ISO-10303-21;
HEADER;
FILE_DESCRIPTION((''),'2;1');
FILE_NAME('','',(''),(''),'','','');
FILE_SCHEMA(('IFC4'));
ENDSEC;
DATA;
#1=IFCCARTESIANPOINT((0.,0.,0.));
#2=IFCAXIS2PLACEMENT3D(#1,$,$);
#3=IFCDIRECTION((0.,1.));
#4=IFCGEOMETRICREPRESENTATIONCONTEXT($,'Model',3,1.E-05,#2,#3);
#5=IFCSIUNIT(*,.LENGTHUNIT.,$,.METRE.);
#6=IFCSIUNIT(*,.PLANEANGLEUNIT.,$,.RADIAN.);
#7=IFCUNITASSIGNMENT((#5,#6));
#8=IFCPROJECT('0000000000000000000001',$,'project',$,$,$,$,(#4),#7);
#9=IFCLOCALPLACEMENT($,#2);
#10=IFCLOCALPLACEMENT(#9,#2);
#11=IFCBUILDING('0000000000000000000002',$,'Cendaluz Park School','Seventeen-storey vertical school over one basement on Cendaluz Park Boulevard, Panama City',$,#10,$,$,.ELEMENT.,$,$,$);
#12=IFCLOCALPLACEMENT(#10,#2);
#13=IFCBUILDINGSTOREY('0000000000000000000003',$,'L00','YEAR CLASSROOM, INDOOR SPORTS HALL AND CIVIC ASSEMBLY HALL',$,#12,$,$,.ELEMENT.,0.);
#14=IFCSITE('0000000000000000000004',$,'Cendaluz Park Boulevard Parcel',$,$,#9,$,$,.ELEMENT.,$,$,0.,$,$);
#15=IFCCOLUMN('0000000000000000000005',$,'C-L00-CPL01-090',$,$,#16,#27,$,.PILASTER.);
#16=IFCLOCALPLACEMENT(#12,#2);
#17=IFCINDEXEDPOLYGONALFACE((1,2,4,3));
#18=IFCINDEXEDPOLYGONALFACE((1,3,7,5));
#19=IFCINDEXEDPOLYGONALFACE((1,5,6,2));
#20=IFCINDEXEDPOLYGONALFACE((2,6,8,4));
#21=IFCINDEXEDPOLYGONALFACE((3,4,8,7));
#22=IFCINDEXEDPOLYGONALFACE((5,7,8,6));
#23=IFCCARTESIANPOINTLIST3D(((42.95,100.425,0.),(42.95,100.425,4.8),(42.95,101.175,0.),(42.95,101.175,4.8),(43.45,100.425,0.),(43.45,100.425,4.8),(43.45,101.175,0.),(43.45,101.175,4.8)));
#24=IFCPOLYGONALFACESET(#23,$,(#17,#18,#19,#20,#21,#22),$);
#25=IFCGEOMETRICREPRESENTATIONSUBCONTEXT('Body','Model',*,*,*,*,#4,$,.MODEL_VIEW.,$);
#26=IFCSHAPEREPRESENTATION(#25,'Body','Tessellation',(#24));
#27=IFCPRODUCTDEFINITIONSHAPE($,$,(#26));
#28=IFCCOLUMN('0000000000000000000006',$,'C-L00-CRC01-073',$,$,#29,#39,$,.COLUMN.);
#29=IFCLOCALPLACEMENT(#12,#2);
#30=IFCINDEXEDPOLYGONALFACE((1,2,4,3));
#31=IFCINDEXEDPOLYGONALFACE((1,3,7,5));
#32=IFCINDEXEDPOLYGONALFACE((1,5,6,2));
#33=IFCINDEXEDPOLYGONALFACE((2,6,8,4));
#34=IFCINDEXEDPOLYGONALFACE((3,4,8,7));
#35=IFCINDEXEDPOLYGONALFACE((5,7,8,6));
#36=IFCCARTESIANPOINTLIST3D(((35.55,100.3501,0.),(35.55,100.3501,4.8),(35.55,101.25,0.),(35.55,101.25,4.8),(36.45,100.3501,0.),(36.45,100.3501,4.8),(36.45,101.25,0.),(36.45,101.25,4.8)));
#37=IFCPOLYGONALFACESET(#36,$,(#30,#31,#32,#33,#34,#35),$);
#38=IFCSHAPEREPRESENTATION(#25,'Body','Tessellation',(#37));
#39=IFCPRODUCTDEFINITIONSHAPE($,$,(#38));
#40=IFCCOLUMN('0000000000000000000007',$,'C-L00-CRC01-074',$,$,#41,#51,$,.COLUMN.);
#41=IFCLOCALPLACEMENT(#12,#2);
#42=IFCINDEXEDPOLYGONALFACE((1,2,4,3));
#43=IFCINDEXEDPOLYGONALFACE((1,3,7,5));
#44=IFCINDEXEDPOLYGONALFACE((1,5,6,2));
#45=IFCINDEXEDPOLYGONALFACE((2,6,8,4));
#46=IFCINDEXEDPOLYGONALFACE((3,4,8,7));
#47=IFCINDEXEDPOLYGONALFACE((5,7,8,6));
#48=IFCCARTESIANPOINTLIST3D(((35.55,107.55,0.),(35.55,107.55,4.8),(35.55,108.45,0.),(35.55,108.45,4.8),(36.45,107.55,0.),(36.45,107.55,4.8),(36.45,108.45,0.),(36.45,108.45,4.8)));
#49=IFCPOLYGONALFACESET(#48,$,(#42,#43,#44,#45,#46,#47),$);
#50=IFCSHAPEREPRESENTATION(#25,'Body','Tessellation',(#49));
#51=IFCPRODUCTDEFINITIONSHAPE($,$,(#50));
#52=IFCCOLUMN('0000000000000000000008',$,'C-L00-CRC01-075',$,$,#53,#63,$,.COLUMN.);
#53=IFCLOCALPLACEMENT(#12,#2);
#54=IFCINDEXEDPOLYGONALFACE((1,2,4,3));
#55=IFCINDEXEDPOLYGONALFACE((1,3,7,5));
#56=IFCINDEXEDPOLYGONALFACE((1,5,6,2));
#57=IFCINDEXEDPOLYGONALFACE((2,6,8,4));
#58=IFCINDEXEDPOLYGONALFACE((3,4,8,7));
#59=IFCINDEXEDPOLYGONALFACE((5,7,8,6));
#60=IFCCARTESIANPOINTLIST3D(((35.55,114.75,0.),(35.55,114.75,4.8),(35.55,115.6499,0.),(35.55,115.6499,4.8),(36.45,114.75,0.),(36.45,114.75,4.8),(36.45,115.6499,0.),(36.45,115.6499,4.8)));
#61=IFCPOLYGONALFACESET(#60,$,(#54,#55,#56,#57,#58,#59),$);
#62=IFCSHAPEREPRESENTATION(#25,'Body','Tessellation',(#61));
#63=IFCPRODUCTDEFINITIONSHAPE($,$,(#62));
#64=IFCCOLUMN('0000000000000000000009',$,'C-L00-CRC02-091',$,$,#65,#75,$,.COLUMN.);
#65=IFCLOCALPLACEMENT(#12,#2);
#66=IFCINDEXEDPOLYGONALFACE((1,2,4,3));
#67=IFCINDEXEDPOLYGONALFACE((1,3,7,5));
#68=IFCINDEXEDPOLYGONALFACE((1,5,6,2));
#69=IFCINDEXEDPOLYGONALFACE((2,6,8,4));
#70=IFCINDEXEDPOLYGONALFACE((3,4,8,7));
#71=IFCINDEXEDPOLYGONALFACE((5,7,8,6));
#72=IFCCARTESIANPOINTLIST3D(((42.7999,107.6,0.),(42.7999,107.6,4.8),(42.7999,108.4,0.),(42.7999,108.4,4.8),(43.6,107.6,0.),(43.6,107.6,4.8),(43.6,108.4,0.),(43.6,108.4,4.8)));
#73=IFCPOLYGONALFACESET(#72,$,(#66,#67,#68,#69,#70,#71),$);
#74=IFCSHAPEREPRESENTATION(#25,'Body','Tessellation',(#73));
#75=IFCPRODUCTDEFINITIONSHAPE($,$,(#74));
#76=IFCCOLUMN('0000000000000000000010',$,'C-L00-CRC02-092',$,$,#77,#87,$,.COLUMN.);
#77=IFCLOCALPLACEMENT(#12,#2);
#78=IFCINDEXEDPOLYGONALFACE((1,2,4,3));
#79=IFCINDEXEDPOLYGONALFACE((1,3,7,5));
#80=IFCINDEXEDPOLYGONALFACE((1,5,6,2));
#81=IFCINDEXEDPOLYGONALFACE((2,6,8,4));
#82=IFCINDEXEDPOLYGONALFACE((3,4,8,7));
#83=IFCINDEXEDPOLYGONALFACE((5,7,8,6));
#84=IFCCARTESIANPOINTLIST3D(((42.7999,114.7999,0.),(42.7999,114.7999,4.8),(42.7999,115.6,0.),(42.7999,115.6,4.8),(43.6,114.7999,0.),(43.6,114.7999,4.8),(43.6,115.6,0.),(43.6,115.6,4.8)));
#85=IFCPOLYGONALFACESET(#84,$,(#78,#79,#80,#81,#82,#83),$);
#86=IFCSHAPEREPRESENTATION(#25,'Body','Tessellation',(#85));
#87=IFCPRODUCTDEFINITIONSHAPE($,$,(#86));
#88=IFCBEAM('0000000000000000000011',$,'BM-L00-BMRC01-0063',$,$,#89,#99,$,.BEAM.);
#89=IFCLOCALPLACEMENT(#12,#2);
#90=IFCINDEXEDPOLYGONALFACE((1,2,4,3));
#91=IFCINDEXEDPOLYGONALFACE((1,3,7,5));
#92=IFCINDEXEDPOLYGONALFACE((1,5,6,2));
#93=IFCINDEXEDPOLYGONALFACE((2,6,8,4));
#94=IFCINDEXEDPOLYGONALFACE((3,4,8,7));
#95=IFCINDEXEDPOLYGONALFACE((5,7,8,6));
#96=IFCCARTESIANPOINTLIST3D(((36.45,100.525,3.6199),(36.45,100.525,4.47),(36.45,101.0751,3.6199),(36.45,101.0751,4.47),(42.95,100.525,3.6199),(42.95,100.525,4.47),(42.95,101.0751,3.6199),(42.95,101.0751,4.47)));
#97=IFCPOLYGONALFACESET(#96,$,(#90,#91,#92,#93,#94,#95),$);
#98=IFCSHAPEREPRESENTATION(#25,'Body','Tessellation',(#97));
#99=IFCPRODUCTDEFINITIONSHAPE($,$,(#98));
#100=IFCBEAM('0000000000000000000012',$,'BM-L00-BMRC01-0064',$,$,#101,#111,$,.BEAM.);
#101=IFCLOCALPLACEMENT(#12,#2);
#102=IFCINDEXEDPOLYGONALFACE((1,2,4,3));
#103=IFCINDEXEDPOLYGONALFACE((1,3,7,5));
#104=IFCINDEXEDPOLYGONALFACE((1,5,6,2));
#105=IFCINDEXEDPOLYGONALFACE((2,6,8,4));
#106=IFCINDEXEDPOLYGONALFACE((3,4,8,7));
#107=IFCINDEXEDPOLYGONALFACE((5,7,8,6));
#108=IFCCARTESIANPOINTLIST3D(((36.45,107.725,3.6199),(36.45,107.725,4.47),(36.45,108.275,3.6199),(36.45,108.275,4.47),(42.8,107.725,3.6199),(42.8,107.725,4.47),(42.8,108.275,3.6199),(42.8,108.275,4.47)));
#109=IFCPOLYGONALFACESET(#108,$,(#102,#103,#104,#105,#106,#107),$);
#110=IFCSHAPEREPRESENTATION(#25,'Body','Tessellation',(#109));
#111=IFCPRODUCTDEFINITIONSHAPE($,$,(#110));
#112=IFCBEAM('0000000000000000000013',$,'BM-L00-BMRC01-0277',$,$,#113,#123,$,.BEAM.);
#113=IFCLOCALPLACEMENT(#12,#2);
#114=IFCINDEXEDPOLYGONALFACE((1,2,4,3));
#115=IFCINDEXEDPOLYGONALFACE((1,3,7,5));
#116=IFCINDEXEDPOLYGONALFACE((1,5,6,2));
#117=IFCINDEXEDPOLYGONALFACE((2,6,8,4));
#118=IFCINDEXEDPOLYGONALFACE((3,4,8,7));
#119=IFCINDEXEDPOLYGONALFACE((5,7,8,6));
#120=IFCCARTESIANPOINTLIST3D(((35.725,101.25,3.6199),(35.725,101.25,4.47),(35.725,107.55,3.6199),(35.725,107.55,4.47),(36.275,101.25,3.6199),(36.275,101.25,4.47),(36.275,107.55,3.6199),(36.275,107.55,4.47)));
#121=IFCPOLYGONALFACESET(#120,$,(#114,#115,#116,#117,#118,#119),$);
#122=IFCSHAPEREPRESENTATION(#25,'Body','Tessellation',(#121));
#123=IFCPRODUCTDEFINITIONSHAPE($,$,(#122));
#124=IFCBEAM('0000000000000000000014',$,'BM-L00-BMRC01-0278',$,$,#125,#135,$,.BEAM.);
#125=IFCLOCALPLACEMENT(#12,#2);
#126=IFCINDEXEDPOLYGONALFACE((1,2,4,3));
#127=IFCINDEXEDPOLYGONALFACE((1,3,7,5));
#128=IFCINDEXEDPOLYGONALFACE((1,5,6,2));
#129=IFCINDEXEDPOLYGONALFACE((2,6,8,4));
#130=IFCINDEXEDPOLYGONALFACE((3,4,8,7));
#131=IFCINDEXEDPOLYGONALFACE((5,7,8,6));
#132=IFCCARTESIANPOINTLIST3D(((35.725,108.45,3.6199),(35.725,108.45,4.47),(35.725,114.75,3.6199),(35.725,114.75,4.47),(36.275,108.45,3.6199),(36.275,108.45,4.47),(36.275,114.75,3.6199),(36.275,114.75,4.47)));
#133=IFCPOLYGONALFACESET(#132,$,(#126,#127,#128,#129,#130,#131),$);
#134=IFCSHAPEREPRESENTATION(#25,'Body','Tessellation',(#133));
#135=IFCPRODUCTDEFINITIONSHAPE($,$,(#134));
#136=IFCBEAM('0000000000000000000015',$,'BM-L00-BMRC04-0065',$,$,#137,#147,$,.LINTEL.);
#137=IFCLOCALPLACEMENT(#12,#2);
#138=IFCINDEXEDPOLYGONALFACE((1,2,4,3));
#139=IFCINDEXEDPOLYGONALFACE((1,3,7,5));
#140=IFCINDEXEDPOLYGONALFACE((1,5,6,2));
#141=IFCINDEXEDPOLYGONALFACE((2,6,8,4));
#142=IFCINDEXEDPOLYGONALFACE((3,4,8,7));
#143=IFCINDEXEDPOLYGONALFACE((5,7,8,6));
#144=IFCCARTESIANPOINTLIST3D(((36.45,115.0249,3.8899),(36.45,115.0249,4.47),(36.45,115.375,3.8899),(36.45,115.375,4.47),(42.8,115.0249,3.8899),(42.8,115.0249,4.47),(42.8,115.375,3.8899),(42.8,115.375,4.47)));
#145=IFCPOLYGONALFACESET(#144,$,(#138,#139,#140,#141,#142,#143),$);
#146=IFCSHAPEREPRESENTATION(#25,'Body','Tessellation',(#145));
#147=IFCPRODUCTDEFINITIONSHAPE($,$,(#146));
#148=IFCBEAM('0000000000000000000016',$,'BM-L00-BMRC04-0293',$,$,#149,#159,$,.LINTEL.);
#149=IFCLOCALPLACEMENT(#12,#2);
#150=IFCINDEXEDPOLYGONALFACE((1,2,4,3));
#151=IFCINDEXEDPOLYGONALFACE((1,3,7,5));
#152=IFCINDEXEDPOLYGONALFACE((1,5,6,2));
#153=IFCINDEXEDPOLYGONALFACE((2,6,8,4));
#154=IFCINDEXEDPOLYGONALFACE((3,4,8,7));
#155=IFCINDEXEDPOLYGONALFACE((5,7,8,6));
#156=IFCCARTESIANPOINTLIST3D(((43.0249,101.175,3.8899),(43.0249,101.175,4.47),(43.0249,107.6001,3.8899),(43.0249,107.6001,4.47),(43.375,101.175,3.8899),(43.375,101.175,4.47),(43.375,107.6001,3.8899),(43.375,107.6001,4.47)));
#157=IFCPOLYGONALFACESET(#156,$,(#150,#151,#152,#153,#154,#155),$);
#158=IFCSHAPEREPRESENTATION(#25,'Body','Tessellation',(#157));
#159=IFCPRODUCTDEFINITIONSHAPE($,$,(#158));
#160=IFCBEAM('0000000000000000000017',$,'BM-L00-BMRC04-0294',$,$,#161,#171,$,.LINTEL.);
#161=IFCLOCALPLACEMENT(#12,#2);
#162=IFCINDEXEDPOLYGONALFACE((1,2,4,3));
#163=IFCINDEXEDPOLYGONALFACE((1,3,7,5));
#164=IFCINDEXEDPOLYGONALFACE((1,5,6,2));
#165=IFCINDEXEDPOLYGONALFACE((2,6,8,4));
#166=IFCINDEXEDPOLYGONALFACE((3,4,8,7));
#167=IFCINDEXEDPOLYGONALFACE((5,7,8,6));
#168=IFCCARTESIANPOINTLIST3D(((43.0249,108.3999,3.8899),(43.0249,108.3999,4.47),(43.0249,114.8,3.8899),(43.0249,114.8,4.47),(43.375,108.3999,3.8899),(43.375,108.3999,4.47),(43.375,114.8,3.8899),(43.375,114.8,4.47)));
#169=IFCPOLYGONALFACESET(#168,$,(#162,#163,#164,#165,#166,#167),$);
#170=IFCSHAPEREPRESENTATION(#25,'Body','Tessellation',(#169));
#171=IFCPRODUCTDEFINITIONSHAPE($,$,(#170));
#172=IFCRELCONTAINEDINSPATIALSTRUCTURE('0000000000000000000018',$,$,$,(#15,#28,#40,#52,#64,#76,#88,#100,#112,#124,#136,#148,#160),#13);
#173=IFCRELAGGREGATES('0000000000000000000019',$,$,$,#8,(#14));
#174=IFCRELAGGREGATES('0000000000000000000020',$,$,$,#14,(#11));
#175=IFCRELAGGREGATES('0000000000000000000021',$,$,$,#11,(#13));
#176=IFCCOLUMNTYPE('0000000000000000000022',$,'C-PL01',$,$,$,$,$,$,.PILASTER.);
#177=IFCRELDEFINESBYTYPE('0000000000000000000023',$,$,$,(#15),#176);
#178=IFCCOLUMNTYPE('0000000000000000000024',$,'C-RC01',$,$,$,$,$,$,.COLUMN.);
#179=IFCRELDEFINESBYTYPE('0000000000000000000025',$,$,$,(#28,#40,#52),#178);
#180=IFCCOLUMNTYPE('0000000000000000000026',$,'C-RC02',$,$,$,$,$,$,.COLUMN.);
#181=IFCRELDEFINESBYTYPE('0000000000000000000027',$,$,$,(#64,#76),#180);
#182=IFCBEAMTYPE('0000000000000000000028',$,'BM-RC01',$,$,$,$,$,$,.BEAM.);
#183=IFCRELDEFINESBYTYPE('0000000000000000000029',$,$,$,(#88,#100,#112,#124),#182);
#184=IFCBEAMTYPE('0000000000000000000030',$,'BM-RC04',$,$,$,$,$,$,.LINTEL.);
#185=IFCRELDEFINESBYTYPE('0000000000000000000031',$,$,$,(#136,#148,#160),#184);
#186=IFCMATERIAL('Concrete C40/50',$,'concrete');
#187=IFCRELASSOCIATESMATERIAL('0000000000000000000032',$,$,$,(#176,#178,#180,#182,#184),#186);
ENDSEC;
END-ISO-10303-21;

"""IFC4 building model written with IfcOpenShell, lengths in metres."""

from ifc_helpers import new_model, si_unit, direction, frame, origin, origin_2d, place, context, subcontext, project, spatial, rectangle, extrude, material, material_profile, profile_set, type_object, element, save


model = new_model("IFC4")

# Units and contexts
model_context = context("Model", 3, precision=1e-05, world=origin(), true_north=direction((0.0, 1.0)))
body_context = subcontext(model_context, "Body", "Model", "MODEL_VIEW")
ifc_project = project(units=[si_unit("LENGTHUNIT", "METRE"), si_unit("PLANEANGLEUNIT", "RADIAN")], contexts=[model_context])

# Site, building, storey
site_placement = place(None, origin())
site = spatial("IfcSite", under=ifc_project, at=site_placement, Name="Cendaluz Park Boulevard Parcel", CompositionType="ELEMENT", RefElevation=0.0)
building_placement = place(site_placement, origin())
building = spatial("IfcBuilding", under=site, at=building_placement, Name="Cendaluz Park School", Description="Seventeen-storey vertical school over one basement on Cendaluz Park Boulevard, Panama City", CompositionType="ELEMENT")
storey_placement = place(building_placement, origin())
storey = spatial("IfcBuildingStorey", under=building, at=storey_placement, Name="L00", Description="YEAR CLASSROOM, INDOOR SPORTS HALL AND CIVIC ASSEMBLY HALL", CompositionType="ELEMENT", Elevation=0.0)

# Columns
ifc_material_1 = material(Name="Concrete C40/50", Category="concrete")
ifc_material_profile_1 = material_profile(ifc_material_1, rectangle(XDim=0.5, YDim=0.75, at=origin_2d()), Name="RC 500x750", Category="concrete")
ifc_profile_set_1 = profile_set([ifc_material_profile_1], Name="Concrete C40/50")
column_type_1 = type_object("IfcColumnType", Name="C-PL01", PredefinedType="PILASTER", material=ifc_profile_set_1)
column_placement = place(storey_placement, frame((43.2, 100.8, 0.0), z_axis=(0.0, 0.0, 1.0), x_axis=(1.0, 0.0, 0.0)))
element("IfcColumn", 1, at=column_placement, inside=storey, type_object=column_type_1, Name="C-L00-CPL01-090", PredefinedType="PILASTER", context=body_context, shape_type="SweptSolid", body=[
    extrude(rectangle(XDim=0.5, YDim=0.75, at=origin_2d()), origin(), (0.0, 0.0, 1.0), 4.8),
])
ifc_material_profile_2 = material_profile(ifc_material_1, rectangle(XDim=0.8999, YDim=0.8999, at=origin_2d()), Name="RC 900x900", Category="concrete")
ifc_profile_set_2 = profile_set([ifc_material_profile_2], Name="Concrete C40/50")
column_type_2 = type_object("IfcColumnType", Name="C-RC01", PredefinedType="COLUMN", material=ifc_profile_set_2)
for number, where, z_axis, x_axis, name in (
    (2, (36.0, 100.8, 0.0), (0.0, 0.0, 1.0), (1.0, 0.0, 0.0), "C-L00-CRC01-073"),
    (3, (36.0, 108.0, 0.0), (0.0, 0.0, 1.0), (1.0, 0.0, 0.0), "C-L00-CRC01-074"),
    (4, (36.0, 115.2, 0.0), (0.0, 0.0, 1.0), (1.0, 0.0, 0.0), "C-L00-CRC01-075"),
):
    element("IfcColumn", number, at=place(storey_placement, frame(where, z_axis=z_axis, x_axis=x_axis)), inside=storey, type_object=column_type_2, Name=name, PredefinedType="COLUMN", context=body_context, shape_type="SweptSolid", body=[
        extrude(rectangle(XDim=0.8999, YDim=0.8999, at=origin_2d()), origin(), (0.0, 0.0, 1.0), 4.8),
    ])
ifc_material_profile_3 = material_profile(ifc_material_1, rectangle(XDim=0.8, YDim=0.8, at=origin_2d()), Name="RC 800x800", Category="concrete")
ifc_profile_set_3 = profile_set([ifc_material_profile_3], Name="Concrete C40/50")
column_type_3 = type_object("IfcColumnType", Name="C-RC02", PredefinedType="COLUMN", material=ifc_profile_set_3)
for number, where, z_axis, x_axis, name in (
    (5, (43.2, 108.0, 0.0), (0.0, 0.0, 1.0), (1.0, 0.0, 0.0), "C-L00-CRC02-091"),
    (6, (43.2, 115.2, 0.0), (0.0, 0.0, 1.0), (1.0, 0.0, 0.0), "C-L00-CRC02-092"),
):
    element("IfcColumn", number, at=place(storey_placement, frame(where, z_axis=z_axis, x_axis=x_axis)), inside=storey, type_object=column_type_3, Name=name, PredefinedType="COLUMN", context=body_context, shape_type="SweptSolid", body=[
        extrude(rectangle(XDim=0.8, YDim=0.8, at=origin_2d()), origin(), (0.0, 0.0, 1.0), 4.8),
    ])

# Beams
ifc_material_profile_4 = material_profile(ifc_material_1, rectangle(XDim=0.55, YDim=0.8501, at=origin_2d()), Name="RC 550x850", Category="concrete")
ifc_profile_set_4 = profile_set([ifc_material_profile_4], Name="Concrete C40/50")
beam_type_1 = type_object("IfcBeamType", Name="BM-RC01", PredefinedType="BEAM", material=ifc_profile_set_4)
beam_1_placement = place(storey_placement, frame((36.45, 100.8, 4.0449), z_axis=(1.0, 0.0, 0.0), x_axis=(0.0, 1.0, 0.0)))
element("IfcBeam", 7, at=beam_1_placement, inside=storey, type_object=beam_type_1, Name="BM-L00-BMRC01-0063", PredefinedType="BEAM", context=body_context, shape_type="SweptSolid", body=[
    extrude(rectangle(XDim=0.55, YDim=0.8501, at=origin_2d()), origin(), (0.0, 0.0, 1.0), 6.5),
])
beam_2_placement = place(storey_placement, frame((36.45, 108.0, 4.0449), z_axis=(1.0, 0.0, 0.0), x_axis=(0.0, 1.0, 0.0)))
element("IfcBeam", 8, at=beam_2_placement, inside=storey, type_object=beam_type_1, Name="BM-L00-BMRC01-0064", PredefinedType="BEAM", context=body_context, shape_type="SweptSolid", body=[
    extrude(rectangle(XDim=0.55, YDim=0.8501, at=origin_2d()), origin(), (0.0, 0.0, 1.0), 6.3501),
])
for number, where, z_axis, x_axis, name in (
    (9, (36.0, 101.25, 4.0449), (0.0, 1.0, 0.0), (-1.0, 0.0, 0.0), "BM-L00-BMRC01-0277"),
    (10, (36.0, 108.45, 4.0449), (0.0, 1.0, 0.0), (-1.0, 0.0, 0.0), "BM-L00-BMRC01-0278"),
):
    element("IfcBeam", number, at=place(storey_placement, frame(where, z_axis=z_axis, x_axis=x_axis)), inside=storey, type_object=beam_type_1, Name=name, PredefinedType="BEAM", context=body_context, shape_type="SweptSolid", body=[
        extrude(rectangle(XDim=0.55, YDim=0.8501, at=origin_2d()), origin(), (0.0, 0.0, 1.0), 6.3),
    ])
ifc_material_profile_5 = material_profile(ifc_material_1, rectangle(XDim=0.3501, YDim=0.5801, at=origin_2d()), Name="RC 350x580", Category="concrete")
ifc_profile_set_5 = profile_set([ifc_material_profile_5], Name="Concrete C40/50")
beam_type_2 = type_object("IfcBeamType", Name="BM-RC04", PredefinedType="LINTEL", material=ifc_profile_set_5)
beam_3_placement = place(storey_placement, frame((36.45, 115.2, 4.1799), z_axis=(1.0, 0.0, 0.0), x_axis=(0.0, 1.0, 0.0)))
element("IfcBeam", 11, at=beam_3_placement, inside=storey, type_object=beam_type_2, Name="BM-L00-BMRC04-0065", PredefinedType="LINTEL", context=body_context, shape_type="SweptSolid", body=[
    extrude(rectangle(XDim=0.3501, YDim=0.5801, at=origin_2d()), origin(), (0.0, 0.0, 1.0), 6.3501),
])
beam_4_placement = place(storey_placement, frame((43.2, 101.175, 4.1799), z_axis=(0.0, 1.0, 0.0), x_axis=(-1.0, 0.0, 0.0)))
element("IfcBeam", 12, at=beam_4_placement, inside=storey, type_object=beam_type_2, Name="BM-L00-BMRC04-0293", PredefinedType="LINTEL", context=body_context, shape_type="SweptSolid", body=[
    extrude(rectangle(XDim=0.3501, YDim=0.5801, at=origin_2d()), origin(), (0.0, 0.0, 1.0), 6.425),
])
beam_5_placement = place(storey_placement, frame((43.2, 108.3999, 4.1799), z_axis=(0.0, 1.0, 0.0), x_axis=(-1.0, 0.0, 0.0)))
element("IfcBeam", 13, at=beam_5_placement, inside=storey, type_object=beam_type_2, Name="BM-L00-BMRC04-0294", PredefinedType="LINTEL", context=body_context, shape_type="SweptSolid", body=[
    extrude(rectangle(XDim=0.3501, YDim=0.5801, at=origin_2d()), origin(), (0.0, 0.0, 1.0), 6.4001),
])

save(model, "model.ifc")
